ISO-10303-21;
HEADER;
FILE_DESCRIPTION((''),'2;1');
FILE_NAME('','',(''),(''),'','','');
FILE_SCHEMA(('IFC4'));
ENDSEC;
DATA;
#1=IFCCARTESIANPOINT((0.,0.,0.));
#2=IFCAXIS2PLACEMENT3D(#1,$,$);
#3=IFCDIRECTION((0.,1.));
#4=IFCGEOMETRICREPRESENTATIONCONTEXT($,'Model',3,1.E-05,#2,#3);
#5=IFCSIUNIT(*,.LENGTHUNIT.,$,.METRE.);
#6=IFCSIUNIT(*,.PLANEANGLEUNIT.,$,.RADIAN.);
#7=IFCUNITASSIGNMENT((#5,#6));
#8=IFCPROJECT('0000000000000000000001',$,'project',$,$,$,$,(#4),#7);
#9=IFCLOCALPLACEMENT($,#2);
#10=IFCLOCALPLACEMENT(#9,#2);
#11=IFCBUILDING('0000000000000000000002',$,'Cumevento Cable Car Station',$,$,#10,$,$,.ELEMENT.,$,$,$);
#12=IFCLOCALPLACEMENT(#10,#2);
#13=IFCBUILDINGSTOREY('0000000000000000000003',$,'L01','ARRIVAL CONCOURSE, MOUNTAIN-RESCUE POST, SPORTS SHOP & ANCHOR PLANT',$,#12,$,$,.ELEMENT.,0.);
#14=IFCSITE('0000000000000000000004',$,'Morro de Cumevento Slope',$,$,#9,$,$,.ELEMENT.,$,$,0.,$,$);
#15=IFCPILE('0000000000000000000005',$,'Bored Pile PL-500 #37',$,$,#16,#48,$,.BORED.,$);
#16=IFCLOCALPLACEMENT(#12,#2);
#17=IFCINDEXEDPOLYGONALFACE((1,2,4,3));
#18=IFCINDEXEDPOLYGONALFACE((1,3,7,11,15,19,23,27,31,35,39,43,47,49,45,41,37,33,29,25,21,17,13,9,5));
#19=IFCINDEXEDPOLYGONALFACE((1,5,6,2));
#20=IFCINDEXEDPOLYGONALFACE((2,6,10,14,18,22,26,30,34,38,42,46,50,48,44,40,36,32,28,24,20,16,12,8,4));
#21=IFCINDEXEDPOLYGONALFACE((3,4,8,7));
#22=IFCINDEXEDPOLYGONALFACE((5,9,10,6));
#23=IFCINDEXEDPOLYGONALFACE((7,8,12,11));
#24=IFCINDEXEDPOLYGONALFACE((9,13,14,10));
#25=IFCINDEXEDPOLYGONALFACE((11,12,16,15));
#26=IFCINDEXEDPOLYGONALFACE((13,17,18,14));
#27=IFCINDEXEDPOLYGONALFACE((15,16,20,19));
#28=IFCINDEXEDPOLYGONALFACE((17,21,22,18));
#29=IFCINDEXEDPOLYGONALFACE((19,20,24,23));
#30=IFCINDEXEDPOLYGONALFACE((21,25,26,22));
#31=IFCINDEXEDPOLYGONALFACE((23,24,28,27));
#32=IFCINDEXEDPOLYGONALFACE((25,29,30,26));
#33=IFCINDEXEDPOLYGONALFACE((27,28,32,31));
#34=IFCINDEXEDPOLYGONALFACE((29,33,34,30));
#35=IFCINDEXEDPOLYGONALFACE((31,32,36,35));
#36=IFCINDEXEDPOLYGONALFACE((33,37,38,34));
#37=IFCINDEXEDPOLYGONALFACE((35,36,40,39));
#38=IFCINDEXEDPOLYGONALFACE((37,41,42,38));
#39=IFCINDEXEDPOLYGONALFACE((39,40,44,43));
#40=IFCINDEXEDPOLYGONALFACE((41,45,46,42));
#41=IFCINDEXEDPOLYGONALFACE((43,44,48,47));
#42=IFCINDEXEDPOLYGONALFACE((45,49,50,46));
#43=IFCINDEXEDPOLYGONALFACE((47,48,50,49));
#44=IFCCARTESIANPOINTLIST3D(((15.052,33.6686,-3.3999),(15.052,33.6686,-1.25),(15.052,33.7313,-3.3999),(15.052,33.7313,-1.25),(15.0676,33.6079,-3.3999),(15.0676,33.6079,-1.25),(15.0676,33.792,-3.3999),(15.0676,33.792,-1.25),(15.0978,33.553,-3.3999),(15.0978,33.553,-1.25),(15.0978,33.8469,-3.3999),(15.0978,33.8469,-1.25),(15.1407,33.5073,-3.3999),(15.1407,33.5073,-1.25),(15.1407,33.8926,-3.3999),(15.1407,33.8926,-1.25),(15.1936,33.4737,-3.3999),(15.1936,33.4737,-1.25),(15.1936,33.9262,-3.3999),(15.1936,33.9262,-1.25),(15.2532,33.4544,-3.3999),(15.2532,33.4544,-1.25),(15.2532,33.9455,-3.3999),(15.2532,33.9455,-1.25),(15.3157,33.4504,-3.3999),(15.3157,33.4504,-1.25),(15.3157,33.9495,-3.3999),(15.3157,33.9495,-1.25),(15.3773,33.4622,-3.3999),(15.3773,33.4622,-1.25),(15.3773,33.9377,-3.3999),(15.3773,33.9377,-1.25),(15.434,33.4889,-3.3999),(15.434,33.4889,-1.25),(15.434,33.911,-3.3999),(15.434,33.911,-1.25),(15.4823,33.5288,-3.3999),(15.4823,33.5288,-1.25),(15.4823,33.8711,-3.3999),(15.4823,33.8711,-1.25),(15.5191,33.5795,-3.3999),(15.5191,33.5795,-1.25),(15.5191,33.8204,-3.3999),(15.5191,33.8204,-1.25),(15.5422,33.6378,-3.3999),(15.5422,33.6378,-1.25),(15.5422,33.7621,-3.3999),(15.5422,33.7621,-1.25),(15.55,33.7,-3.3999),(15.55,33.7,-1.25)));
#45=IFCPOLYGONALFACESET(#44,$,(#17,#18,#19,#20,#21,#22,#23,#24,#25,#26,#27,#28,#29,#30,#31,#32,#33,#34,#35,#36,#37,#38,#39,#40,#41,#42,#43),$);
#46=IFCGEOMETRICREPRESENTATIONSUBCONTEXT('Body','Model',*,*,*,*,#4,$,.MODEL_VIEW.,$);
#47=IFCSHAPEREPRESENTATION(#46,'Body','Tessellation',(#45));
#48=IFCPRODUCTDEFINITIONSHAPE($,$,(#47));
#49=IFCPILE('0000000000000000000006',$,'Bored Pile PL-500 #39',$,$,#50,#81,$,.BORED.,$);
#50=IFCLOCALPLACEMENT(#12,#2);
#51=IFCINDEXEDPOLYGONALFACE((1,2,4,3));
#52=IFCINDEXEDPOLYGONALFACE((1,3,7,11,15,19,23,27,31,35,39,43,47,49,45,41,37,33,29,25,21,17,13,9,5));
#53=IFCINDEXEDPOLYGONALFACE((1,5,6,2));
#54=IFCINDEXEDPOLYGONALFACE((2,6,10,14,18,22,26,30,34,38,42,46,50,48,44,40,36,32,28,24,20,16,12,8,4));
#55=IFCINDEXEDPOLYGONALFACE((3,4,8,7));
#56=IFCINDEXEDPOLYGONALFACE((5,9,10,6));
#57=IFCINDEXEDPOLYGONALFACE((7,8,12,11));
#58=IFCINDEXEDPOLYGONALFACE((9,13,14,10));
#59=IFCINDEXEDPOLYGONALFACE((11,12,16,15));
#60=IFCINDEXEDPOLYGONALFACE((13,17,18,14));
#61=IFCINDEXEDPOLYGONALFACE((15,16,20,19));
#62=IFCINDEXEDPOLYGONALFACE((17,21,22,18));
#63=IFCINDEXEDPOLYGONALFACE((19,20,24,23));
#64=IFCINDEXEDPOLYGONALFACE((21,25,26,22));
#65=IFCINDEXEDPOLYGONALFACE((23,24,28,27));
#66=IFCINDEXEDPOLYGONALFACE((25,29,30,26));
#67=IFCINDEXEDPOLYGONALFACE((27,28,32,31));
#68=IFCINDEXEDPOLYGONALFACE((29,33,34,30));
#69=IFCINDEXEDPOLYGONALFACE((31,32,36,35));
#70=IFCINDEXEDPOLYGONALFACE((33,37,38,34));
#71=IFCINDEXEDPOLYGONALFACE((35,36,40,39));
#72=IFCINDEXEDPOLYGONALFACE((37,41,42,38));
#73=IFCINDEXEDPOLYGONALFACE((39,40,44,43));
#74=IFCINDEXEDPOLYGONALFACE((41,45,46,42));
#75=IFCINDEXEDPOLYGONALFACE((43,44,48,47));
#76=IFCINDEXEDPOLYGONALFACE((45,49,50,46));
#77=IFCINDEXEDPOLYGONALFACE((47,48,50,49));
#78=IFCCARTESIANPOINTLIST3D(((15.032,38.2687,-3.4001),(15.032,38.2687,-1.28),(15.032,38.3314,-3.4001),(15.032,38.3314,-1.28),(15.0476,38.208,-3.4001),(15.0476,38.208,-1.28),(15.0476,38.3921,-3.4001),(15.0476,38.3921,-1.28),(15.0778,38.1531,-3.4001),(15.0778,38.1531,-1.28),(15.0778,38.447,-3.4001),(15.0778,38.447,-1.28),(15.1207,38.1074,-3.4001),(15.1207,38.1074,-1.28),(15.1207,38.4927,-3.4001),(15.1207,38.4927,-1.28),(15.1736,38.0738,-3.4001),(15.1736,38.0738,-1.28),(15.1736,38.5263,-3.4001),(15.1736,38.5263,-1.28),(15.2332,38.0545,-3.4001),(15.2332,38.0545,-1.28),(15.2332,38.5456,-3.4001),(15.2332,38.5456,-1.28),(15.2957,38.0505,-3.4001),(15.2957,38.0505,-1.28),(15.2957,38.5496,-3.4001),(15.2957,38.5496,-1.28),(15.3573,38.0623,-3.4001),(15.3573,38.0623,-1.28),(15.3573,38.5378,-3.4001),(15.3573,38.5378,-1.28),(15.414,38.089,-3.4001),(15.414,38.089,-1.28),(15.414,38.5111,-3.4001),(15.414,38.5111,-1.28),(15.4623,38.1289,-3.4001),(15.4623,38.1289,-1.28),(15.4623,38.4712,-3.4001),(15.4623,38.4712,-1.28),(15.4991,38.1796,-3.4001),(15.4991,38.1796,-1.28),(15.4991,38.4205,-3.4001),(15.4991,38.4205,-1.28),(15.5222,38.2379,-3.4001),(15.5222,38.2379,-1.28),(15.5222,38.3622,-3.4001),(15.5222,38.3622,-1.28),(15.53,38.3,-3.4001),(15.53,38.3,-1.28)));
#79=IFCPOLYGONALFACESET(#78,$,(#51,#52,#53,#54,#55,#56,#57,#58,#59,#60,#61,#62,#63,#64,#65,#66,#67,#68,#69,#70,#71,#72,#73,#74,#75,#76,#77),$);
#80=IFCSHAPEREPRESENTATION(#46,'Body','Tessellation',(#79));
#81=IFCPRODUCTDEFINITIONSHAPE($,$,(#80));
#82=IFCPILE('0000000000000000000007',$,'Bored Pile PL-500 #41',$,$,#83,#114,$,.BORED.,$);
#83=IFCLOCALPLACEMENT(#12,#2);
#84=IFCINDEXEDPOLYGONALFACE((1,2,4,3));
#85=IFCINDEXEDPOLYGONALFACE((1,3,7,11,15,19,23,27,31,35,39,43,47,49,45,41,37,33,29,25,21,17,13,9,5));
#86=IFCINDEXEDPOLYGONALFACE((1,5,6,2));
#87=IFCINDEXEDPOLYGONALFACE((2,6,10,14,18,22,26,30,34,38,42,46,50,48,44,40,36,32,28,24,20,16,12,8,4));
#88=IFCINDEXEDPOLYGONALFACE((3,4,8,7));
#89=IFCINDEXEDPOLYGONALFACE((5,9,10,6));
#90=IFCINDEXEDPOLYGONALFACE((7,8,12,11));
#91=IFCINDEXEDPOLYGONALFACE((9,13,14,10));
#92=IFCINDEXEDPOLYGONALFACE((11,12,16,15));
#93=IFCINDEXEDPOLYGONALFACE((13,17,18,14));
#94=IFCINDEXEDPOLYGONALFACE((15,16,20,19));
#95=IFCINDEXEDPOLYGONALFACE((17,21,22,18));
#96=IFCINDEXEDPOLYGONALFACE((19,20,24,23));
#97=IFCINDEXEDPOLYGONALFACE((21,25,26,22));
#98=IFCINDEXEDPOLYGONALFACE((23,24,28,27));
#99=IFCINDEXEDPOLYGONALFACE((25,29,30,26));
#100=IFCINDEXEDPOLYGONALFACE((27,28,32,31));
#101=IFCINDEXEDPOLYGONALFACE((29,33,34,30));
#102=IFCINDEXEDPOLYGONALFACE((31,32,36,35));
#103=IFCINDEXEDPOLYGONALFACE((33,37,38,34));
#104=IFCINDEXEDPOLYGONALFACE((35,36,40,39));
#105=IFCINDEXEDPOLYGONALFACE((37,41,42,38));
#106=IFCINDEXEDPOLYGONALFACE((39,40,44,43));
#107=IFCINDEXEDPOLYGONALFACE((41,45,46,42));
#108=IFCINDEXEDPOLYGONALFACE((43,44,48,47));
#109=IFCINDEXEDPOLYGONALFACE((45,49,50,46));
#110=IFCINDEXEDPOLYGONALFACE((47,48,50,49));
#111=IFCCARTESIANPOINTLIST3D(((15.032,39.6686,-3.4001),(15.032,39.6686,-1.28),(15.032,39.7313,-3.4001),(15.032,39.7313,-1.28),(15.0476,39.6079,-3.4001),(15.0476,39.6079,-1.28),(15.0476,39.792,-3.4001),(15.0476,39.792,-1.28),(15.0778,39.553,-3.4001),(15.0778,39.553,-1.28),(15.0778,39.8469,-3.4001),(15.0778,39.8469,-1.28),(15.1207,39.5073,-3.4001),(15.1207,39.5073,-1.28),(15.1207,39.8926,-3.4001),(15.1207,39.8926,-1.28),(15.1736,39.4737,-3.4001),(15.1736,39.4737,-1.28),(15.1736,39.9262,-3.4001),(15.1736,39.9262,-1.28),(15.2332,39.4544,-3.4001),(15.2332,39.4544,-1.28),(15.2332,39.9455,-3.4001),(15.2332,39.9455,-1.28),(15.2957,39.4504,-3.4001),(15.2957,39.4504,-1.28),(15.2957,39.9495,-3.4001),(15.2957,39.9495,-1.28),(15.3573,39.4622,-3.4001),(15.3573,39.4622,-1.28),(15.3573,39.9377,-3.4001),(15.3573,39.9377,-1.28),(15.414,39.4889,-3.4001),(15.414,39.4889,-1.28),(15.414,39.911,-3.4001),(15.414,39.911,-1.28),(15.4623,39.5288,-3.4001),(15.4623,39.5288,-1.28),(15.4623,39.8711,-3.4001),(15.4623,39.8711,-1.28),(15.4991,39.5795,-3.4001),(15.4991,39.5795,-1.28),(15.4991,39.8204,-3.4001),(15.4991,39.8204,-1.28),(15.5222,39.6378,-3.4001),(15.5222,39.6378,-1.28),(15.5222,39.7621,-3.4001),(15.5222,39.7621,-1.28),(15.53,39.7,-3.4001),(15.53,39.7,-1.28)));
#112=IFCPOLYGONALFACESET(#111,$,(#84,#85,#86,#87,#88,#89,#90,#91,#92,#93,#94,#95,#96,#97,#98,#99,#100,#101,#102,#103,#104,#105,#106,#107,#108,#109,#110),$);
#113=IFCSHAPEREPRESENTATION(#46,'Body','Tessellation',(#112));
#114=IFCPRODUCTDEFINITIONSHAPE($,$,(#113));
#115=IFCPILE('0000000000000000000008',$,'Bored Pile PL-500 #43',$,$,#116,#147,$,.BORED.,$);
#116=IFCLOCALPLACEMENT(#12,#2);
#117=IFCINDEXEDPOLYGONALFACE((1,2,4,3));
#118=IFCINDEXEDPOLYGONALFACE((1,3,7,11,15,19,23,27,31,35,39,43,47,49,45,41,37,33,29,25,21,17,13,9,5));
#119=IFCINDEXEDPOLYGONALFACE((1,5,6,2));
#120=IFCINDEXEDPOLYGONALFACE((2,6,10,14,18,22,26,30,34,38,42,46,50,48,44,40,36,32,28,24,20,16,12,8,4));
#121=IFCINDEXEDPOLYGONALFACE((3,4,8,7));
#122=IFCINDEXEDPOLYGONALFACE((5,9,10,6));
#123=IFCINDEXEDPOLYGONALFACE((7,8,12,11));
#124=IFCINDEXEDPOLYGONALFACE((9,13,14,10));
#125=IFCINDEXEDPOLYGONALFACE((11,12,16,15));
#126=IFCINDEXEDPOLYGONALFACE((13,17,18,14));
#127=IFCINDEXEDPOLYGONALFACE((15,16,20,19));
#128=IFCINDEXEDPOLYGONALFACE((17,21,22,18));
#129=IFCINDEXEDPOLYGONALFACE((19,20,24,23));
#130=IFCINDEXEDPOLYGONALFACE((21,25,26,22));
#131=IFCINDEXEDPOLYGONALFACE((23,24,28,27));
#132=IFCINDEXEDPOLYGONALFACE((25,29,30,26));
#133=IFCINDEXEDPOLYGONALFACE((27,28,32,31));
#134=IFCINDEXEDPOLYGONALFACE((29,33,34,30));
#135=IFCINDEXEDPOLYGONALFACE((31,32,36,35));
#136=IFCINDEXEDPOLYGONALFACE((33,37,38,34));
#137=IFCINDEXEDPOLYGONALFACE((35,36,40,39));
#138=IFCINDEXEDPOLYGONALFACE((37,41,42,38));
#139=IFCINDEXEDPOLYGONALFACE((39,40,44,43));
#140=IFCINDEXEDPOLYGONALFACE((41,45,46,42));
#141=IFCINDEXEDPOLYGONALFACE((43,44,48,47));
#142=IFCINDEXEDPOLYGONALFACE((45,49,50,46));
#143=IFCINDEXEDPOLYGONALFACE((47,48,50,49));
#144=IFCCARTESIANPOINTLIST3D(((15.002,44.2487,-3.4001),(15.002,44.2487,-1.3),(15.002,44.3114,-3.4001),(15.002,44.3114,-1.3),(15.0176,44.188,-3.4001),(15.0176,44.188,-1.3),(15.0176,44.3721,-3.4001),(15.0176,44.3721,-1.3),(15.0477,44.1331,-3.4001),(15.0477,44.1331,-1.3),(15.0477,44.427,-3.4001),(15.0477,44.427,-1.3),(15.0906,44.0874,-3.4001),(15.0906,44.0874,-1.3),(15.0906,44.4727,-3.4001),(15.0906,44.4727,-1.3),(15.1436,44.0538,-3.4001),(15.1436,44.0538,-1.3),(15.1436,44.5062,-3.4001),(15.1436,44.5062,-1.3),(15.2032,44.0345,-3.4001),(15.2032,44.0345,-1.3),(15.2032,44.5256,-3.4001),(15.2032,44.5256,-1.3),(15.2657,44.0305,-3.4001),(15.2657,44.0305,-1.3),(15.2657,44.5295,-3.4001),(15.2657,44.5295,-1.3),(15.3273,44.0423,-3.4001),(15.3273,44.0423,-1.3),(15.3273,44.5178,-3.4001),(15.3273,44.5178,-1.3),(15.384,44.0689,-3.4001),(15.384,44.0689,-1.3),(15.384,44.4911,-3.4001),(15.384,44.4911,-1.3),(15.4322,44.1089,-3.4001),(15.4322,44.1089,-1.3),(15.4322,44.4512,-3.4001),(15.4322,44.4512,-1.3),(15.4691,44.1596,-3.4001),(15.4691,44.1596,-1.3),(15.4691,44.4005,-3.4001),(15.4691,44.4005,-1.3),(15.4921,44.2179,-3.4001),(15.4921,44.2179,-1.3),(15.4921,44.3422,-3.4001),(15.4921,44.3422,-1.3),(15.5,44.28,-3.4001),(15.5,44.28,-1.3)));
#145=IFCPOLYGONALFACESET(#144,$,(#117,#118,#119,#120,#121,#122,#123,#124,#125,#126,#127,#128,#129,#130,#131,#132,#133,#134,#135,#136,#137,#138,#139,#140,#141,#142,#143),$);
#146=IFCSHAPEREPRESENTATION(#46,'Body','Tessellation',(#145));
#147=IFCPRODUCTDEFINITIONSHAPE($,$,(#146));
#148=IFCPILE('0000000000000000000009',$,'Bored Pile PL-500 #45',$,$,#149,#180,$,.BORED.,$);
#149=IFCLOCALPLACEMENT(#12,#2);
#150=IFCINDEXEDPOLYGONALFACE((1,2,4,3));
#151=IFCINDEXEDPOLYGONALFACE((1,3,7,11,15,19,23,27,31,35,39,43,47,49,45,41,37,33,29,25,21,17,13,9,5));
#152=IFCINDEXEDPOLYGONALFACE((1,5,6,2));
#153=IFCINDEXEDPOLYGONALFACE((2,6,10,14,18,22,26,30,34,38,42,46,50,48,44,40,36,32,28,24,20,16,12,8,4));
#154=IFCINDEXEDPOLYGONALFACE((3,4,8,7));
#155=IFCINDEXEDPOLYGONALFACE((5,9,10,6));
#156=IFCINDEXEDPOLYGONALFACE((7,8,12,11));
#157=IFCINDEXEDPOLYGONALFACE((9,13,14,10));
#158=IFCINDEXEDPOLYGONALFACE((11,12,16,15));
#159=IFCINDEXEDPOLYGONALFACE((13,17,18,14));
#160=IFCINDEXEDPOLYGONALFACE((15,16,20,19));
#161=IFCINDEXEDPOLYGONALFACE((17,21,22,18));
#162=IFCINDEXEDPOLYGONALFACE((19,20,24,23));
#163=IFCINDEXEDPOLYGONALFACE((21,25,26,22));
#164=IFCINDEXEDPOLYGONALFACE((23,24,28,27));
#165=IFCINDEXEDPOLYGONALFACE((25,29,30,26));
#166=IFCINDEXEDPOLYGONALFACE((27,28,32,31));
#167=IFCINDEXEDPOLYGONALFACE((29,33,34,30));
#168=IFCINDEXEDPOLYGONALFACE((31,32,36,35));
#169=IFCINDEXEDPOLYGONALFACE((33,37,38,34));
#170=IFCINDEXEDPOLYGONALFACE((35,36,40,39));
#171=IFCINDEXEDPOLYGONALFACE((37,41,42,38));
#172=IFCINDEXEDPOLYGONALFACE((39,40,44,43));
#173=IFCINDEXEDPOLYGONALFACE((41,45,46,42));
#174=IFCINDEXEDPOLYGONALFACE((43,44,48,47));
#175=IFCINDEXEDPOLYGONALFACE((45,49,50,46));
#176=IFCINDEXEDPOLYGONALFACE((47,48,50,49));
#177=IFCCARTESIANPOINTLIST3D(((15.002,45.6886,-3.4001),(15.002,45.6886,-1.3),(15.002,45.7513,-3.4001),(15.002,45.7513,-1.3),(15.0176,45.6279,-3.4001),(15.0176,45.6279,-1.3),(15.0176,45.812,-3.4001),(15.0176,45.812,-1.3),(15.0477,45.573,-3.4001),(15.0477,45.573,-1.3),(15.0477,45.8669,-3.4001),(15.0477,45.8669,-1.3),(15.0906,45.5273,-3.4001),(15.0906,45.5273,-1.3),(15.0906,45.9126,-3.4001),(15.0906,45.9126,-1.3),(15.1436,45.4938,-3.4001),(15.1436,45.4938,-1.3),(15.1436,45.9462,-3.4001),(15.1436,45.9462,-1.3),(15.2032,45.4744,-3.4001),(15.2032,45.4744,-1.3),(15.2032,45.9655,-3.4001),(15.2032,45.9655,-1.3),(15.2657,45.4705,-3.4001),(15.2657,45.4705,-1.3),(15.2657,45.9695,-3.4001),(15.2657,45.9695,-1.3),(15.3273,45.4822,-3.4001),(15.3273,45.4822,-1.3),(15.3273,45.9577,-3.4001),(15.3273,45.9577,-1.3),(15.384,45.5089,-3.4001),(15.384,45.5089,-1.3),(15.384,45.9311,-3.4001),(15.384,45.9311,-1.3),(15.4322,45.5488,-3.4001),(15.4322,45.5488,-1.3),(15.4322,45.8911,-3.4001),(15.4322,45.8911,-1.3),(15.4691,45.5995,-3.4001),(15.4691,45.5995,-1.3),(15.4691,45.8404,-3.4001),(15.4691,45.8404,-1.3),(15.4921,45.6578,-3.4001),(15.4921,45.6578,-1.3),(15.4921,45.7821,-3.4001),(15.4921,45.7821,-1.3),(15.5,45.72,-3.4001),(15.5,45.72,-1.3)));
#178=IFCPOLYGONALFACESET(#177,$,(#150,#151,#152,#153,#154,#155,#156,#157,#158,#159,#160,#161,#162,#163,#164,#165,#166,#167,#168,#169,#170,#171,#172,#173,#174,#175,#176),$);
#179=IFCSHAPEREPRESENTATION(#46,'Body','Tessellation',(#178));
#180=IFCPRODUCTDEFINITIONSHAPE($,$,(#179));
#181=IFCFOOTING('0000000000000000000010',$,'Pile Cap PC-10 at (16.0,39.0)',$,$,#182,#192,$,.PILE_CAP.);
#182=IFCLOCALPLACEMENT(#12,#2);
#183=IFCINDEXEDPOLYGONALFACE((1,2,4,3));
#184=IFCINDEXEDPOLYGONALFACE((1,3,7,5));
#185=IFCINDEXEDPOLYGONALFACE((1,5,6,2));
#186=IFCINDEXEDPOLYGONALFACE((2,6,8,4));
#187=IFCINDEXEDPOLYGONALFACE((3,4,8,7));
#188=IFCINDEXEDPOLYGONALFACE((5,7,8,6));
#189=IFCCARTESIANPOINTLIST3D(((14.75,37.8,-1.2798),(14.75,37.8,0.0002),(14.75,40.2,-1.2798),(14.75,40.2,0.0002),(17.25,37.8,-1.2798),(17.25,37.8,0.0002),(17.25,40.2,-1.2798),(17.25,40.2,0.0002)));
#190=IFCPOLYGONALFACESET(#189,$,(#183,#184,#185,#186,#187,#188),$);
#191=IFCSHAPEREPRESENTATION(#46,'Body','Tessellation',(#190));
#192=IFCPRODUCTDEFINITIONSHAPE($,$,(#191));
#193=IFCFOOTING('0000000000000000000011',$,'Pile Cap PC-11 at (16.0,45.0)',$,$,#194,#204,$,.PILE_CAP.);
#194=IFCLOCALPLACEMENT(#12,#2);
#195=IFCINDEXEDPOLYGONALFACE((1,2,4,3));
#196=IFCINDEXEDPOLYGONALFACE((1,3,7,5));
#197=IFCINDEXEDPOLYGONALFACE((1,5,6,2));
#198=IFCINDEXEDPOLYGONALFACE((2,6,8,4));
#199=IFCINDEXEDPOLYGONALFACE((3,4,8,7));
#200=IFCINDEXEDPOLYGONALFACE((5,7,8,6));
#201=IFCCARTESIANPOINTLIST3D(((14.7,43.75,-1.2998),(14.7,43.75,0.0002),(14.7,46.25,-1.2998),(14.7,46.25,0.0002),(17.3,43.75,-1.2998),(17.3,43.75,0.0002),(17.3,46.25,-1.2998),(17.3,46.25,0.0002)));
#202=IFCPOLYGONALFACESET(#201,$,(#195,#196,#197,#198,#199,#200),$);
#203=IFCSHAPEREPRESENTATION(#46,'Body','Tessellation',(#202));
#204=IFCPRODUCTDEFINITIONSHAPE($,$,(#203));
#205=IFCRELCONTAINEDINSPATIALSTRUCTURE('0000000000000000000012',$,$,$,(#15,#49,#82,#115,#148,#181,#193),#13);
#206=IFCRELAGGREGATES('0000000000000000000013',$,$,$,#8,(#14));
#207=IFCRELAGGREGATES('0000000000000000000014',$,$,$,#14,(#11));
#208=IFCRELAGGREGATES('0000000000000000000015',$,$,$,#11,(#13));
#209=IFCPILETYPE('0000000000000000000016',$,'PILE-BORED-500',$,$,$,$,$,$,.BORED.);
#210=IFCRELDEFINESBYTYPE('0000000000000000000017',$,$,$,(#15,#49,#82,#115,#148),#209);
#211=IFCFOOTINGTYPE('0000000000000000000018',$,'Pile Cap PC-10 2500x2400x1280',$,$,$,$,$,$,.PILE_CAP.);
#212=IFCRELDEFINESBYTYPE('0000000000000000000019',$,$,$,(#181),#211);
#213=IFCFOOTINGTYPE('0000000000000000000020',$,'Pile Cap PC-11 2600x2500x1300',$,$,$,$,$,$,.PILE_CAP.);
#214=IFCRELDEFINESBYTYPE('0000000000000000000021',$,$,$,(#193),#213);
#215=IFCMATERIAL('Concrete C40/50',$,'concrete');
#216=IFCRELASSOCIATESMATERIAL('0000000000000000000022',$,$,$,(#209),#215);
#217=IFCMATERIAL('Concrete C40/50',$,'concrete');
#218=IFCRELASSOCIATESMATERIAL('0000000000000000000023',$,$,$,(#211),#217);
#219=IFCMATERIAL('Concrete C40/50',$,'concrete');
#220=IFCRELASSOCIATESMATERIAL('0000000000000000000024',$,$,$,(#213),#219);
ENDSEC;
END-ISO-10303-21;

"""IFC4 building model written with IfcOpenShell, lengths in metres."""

from ifc_helpers import new_model, si_unit, direction, frame, origin, origin_2d, place, context, subcontext, project, spatial, rectangle, circle, extrude, material, material_profile, profile_set, type_object, element, save


model = new_model("IFC4")

# Units and contexts
model_context = context("Model", 3, precision=1e-05, world=origin(), true_north=direction((0.0, 1.0)))
body_context = subcontext(model_context, "Body", "Model", "MODEL_VIEW")
ifc_project = project(units=[si_unit("LENGTHUNIT", "METRE"), si_unit("PLANEANGLEUNIT", "RADIAN")], contexts=[model_context])

# Site, building, storey
site_placement = place(None, origin())
site = spatial("IfcSite", under=ifc_project, at=site_placement, Name="Morro de Cumevento Slope", CompositionType="ELEMENT", RefElevation=0.0)
building_placement = place(site_placement, origin())
building = spatial("IfcBuilding", under=site, at=building_placement, Name="Cumevento Cable Car Station", CompositionType="ELEMENT")
storey_placement = place(building_placement, origin())
storey = spatial("IfcBuildingStorey", under=building, at=storey_placement, Name="L01", Description="ARRIVAL CONCOURSE, MOUNTAIN-RESCUE POST, SPORTS SHOP & ANCHOR PLANT", CompositionType="ELEMENT", Elevation=0.0)

# Piles
ifc_material_1 = material(Name="Concrete C40/50", Category="concrete")
ifc_material_profile_1 = material_profile(ifc_material_1, circle(Radius=0.25, at=origin_2d()), Name="PILE-D500")
ifc_profile_set_1 = profile_set([ifc_material_profile_1], Name="Concrete C40/50")
pile_type_1 = type_object("IfcPileType", Name="PILE-BORED-500", PredefinedType="BORED", material=ifc_profile_set_1)
pile_1_placement = place(storey_placement, frame((15.3, 33.7, -1.25), z_axis=(0.0, 0.0, -1.0), x_axis=(1.0, 0.0, 0.0)))
element("IfcPile", 1, at=pile_1_placement, inside=storey, type_object=pile_type_1, Name="Bored Pile PL-500 #37", PredefinedType="BORED", context=body_context, shape_type="SweptSolid", body=[
    extrude(circle(Radius=0.25, at=origin_2d()), origin(), (0.0, 0.0, 1.0), 2.1499),
])
for number, where, z_axis, x_axis, name in (
    (2, (15.28, 38.3, -1.28), (0.0, 0.0, -1.0), (1.0, 0.0, 0.0), "Bored Pile PL-500 #39"),
    (3, (15.28, 39.7, -1.28), (0.0, 0.0, -1.0), (1.0, 0.0, 0.0), "Bored Pile PL-500 #41"),
):
    element("IfcPile", number, at=place(storey_placement, frame(where, z_axis=z_axis, x_axis=x_axis)), inside=storey, type_object=pile_type_1, Name=name, PredefinedType="BORED", context=body_context, shape_type="SweptSolid", body=[
        extrude(circle(Radius=0.25, at=origin_2d()), origin(), (0.0, 0.0, 1.0), 2.1201),
    ])
for number, where, z_axis, x_axis, name in (
    (4, (15.25, 44.28, -1.3), (0.0, 0.0, -1.0), (1.0, 0.0, 0.0), "Bored Pile PL-500 #43"),
    (5, (15.25, 45.72, -1.3), (0.0, 0.0, -1.0), (1.0, 0.0, 0.0), "Bored Pile PL-500 #45"),
):
    element("IfcPile", number, at=place(storey_placement, frame(where, z_axis=z_axis, x_axis=x_axis)), inside=storey, type_object=pile_type_1, Name=name, PredefinedType="BORED", context=body_context, shape_type="SweptSolid", body=[
        extrude(circle(Radius=0.25, at=origin_2d()), origin(), (0.0, 0.0, 1.0), 2.1001),
    ])

# Footings
ifc_material_2 = material(Name="Concrete C40/50", Category="concrete")
footing_type_1 = type_object("IfcFootingType", Name="Pile Cap PC-10 2500x2400x1280", PredefinedType="PILE_CAP", material=ifc_material_2)
footing_1_placement = place(storey_placement, frame((16.0, 39.0, -1.2798), z_axis=(0.0, 0.0, 1.0), x_axis=(1.0, 0.0, 0.0)))
element("IfcFooting", 6, at=footing_1_placement, inside=storey, type_object=footing_type_1, Name="Pile Cap PC-10 at (16.0,39.0)", PredefinedType="PILE_CAP", context=body_context, shape_type="SweptSolid", body=[
    extrude(rectangle(XDim=2.5, YDim=2.3999, at=origin_2d()), origin(), (0.0, 0.0, 1.0), 1.28),
])
ifc_material_3 = material(Name="Concrete C40/50", Category="concrete")
footing_type_2 = type_object("IfcFootingType", Name="Pile Cap PC-11 2600x2500x1300", PredefinedType="PILE_CAP", material=ifc_material_3)
footing_2_placement = place(storey_placement, frame((16.0, 45.0, -1.2998), z_axis=(0.0, 0.0, 1.0), x_axis=(1.0, 0.0, 0.0)))
element("IfcFooting", 7, at=footing_2_placement, inside=storey, type_object=footing_type_2, Name="Pile Cap PC-11 at (16.0,45.0)", PredefinedType="PILE_CAP", context=body_context, shape_type="SweptSolid", body=[
    extrude(rectangle(XDim=2.6001, YDim=2.5, at=origin_2d()), origin(), (0.0, 0.0, 1.0), 1.3),
])

save(model, "model.ifc")
